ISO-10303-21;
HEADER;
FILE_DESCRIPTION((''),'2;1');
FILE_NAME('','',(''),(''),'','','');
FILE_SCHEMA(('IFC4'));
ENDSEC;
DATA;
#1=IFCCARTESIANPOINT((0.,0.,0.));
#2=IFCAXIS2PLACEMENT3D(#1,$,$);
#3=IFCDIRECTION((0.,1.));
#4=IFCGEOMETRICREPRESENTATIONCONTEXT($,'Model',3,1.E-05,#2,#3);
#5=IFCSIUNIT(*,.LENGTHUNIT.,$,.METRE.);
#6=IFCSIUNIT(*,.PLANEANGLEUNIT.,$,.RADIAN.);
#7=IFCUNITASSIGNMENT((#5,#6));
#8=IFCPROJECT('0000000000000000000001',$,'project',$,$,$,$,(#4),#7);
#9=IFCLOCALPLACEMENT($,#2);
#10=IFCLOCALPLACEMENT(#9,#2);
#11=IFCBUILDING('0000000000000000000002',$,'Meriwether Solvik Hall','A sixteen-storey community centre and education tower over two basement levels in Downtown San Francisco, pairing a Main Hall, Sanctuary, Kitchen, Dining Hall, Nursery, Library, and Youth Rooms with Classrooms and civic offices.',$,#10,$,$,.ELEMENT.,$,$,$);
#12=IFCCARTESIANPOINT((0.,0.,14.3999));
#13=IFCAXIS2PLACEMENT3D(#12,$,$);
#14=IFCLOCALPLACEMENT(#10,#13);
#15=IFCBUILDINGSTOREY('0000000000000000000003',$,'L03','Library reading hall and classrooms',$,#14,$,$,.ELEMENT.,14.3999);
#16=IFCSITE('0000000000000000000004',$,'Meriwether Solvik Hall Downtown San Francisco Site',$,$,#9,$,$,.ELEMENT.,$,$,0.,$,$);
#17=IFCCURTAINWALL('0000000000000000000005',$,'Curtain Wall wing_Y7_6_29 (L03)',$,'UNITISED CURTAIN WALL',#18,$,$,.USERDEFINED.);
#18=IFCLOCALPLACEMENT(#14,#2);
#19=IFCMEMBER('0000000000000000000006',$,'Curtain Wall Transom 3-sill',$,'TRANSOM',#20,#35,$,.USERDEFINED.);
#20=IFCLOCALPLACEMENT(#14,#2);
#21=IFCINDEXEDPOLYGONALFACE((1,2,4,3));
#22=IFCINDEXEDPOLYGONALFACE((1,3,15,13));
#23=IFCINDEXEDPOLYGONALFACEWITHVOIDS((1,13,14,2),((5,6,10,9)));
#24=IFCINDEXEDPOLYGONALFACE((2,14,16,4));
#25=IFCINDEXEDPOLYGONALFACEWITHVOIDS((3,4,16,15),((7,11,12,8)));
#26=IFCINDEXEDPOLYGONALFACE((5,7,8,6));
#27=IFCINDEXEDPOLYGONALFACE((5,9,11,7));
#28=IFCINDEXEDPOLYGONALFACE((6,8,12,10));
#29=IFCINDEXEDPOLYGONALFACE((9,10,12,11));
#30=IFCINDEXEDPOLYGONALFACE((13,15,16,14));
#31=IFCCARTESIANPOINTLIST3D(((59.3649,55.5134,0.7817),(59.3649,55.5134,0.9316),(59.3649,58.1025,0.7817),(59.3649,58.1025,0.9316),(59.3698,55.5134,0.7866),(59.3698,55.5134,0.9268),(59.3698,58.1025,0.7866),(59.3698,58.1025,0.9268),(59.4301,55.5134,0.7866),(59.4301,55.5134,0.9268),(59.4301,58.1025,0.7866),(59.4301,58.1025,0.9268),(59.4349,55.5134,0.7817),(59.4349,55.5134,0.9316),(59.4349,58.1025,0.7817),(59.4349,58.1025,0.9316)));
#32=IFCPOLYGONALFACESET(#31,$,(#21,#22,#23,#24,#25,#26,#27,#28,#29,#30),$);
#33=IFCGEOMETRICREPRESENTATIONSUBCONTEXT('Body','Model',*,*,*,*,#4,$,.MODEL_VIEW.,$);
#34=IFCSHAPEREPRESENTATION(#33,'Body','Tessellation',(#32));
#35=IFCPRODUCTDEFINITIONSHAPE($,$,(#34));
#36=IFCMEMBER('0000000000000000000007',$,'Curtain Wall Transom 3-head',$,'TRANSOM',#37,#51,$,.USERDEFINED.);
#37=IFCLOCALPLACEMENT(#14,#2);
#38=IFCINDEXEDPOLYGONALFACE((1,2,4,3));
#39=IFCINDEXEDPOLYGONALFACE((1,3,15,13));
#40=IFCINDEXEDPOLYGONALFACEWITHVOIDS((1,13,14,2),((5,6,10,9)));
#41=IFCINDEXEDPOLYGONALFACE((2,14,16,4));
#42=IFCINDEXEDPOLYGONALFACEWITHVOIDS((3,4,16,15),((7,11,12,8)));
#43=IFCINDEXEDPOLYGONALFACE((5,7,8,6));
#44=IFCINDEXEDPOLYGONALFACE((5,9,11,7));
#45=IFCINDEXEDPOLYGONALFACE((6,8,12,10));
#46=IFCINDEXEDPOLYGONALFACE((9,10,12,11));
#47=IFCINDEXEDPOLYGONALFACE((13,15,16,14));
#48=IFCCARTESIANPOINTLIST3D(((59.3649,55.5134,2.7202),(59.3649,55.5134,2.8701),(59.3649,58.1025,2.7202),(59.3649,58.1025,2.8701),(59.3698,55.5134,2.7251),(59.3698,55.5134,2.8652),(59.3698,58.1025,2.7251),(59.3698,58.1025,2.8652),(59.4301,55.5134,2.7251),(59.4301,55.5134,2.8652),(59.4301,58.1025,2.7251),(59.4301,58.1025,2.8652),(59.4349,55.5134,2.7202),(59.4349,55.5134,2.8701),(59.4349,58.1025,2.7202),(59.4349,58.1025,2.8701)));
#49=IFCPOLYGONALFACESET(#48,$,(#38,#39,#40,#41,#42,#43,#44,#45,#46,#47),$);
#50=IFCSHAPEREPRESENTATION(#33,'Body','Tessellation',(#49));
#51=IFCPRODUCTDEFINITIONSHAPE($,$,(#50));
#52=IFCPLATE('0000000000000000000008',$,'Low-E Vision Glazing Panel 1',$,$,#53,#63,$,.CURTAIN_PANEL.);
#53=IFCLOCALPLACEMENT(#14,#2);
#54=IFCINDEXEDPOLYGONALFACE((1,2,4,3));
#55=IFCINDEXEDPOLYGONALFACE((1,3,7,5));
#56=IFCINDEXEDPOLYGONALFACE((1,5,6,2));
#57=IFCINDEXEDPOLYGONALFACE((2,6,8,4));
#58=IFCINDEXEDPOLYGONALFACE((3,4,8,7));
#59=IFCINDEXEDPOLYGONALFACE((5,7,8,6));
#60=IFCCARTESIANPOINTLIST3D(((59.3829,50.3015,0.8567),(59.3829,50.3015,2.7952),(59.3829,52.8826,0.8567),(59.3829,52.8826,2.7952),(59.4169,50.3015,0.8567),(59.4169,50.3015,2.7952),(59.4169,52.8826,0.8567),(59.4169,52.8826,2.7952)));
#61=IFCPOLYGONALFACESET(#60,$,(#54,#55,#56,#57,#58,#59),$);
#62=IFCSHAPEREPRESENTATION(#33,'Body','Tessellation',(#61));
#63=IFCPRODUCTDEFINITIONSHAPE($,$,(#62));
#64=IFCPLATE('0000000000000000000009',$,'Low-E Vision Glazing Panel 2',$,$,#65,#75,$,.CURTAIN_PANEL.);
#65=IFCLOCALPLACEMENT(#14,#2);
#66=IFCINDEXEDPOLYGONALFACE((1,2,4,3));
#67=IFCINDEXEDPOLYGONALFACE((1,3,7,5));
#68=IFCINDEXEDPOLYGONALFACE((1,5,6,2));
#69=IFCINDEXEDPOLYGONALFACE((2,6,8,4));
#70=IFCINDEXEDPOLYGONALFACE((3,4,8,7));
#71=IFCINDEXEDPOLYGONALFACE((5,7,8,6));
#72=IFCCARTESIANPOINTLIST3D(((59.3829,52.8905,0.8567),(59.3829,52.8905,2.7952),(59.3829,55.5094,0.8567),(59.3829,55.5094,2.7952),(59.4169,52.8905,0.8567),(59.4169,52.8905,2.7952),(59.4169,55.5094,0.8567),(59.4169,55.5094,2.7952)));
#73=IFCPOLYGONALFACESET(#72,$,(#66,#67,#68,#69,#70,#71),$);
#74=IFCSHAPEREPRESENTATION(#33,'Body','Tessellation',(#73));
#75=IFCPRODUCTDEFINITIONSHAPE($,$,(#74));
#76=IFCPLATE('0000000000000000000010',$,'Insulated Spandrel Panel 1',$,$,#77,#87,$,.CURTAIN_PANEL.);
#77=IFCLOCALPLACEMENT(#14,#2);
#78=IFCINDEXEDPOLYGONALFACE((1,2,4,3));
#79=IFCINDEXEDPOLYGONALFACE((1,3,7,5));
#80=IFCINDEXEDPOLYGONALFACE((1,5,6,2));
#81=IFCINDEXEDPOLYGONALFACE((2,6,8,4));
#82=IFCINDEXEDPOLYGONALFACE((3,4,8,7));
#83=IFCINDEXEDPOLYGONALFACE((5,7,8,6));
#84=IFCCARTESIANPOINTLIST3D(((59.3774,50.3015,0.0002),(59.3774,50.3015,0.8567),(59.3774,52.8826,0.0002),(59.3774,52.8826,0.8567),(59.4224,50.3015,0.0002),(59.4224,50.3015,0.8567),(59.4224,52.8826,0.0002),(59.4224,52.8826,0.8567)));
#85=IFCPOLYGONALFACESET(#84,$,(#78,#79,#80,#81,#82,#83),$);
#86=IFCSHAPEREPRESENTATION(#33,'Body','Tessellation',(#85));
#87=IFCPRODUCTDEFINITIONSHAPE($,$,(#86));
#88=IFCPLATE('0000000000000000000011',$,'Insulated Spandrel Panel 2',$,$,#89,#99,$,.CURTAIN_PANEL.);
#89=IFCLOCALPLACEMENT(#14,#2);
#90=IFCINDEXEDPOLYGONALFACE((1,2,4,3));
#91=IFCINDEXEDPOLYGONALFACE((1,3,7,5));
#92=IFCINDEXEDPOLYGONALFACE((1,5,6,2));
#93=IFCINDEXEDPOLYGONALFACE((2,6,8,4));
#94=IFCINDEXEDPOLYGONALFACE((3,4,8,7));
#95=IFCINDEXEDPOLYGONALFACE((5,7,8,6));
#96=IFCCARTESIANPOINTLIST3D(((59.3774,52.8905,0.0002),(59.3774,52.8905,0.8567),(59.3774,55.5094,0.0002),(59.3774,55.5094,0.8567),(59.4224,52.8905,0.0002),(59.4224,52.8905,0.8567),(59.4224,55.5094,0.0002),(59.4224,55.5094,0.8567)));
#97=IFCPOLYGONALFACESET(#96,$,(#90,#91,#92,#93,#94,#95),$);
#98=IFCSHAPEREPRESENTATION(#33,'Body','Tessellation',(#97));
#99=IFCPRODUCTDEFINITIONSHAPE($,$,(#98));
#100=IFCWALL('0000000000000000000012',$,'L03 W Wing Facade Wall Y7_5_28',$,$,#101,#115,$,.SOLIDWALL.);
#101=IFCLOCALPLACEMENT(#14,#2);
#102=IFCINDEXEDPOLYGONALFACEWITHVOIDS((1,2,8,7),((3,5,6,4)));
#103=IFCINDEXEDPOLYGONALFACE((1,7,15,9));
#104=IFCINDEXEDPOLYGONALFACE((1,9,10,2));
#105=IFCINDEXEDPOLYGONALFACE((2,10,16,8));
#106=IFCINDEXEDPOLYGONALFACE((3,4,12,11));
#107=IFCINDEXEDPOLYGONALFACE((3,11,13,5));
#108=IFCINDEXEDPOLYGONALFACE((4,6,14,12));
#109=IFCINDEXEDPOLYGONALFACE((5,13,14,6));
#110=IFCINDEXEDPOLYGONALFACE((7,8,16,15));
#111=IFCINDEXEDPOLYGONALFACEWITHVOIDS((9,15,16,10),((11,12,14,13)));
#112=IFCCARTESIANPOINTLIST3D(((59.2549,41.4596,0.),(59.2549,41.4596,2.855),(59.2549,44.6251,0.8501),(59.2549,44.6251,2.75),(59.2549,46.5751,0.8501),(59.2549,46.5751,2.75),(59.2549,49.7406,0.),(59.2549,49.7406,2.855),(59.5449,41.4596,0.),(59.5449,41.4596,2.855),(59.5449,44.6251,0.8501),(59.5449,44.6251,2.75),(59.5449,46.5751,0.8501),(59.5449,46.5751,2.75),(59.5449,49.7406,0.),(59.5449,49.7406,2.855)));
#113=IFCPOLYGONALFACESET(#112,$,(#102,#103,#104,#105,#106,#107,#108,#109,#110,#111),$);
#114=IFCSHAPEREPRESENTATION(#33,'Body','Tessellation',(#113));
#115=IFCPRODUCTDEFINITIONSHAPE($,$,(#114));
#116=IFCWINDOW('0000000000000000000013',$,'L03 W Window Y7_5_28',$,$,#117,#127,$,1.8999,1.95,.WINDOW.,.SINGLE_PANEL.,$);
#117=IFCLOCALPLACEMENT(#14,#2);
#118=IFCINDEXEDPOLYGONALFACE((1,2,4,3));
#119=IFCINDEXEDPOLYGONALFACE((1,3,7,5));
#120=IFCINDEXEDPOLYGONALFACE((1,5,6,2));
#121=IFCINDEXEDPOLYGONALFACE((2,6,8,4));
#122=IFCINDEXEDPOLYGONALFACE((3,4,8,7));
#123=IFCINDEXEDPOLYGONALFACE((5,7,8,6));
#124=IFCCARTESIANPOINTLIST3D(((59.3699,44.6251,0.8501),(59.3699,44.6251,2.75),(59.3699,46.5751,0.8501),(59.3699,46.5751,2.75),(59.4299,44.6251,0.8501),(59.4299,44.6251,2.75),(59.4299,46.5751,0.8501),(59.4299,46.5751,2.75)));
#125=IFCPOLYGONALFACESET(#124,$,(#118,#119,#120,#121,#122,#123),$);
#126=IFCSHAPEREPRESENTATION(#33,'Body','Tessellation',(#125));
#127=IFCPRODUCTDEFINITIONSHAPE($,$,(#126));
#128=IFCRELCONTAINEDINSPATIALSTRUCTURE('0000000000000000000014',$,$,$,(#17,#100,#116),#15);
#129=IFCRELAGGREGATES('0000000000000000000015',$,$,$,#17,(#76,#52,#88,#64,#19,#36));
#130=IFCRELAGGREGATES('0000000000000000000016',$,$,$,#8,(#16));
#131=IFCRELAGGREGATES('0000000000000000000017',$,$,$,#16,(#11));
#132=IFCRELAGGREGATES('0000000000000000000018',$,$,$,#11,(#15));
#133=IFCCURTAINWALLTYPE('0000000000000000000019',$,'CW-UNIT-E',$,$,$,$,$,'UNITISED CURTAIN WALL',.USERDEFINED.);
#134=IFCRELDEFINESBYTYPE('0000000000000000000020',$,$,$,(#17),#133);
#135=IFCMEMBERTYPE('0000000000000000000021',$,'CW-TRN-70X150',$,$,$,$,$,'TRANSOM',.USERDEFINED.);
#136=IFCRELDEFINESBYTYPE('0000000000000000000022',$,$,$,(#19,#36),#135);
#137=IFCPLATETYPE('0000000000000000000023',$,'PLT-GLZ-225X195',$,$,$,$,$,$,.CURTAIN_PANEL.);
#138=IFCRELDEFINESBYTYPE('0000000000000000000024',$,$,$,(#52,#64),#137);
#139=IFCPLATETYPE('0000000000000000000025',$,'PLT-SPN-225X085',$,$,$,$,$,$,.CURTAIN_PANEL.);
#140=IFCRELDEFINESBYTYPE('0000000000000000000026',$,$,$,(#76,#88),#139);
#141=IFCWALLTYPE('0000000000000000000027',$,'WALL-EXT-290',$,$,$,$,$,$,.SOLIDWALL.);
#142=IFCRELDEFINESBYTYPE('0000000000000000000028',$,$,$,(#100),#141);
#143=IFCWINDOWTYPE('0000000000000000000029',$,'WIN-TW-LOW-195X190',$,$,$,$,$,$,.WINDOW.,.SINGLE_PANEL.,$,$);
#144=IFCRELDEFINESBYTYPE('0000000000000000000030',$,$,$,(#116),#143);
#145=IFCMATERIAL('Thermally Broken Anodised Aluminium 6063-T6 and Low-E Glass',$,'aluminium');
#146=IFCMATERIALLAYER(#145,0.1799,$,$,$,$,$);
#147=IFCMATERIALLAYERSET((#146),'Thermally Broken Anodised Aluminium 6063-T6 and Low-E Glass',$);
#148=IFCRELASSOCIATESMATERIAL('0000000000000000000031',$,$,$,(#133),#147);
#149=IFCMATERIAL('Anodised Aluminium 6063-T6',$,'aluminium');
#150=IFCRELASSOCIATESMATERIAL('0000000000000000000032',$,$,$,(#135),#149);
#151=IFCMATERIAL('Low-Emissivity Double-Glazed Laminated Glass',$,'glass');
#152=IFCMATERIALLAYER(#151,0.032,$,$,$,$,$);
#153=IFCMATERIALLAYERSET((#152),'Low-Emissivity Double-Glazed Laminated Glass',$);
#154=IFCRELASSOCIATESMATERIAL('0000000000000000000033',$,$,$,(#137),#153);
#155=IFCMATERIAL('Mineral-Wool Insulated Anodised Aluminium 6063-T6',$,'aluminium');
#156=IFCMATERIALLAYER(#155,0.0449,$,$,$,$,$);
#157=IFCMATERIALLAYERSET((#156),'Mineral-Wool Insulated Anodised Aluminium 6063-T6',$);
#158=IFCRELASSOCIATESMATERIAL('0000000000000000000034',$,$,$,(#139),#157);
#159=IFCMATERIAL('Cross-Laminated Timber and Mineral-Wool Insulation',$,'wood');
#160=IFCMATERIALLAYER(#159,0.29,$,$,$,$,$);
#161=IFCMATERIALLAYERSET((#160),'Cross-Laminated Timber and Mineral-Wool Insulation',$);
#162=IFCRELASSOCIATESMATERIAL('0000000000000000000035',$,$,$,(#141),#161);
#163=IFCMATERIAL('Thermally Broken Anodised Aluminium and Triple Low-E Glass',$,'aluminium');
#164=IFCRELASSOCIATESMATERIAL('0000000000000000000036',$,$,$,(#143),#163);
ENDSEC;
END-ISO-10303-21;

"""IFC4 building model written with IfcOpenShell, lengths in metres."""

from ifc_helpers import new_model, si_unit, direction, frame, frame_2d, origin, origin_2d, place, context, subcontext, project, spatial, rectangle, hollow_rectangle, extrude, material, layer, layer_set, material_profile, profile_set, type_object, element, fill, aggregate, save


model = new_model("IFC4")

# Units and contexts
model_context = context("Model", 3, precision=1e-05, world=origin(), true_north=direction((0.0, 1.0)))
body_context = subcontext(model_context, "Body", "Model", "MODEL_VIEW")
ifc_project = project(units=[si_unit("LENGTHUNIT", "METRE"), si_unit("PLANEANGLEUNIT", "RADIAN")], contexts=[model_context])

# Site, building, storey
site_placement = place(None, origin())
site = spatial("IfcSite", under=ifc_project, at=site_placement, Name="Meriwether Solvik Hall Downtown San Francisco Site", CompositionType="ELEMENT", RefElevation=0.0)
building_placement = place(site_placement, origin())
building = spatial("IfcBuilding", under=site, at=building_placement, Name="Meriwether Solvik Hall", Description="A sixteen-storey community centre and education tower over two basement levels in Downtown San Francisco, pairing a Main Hall, Sanctuary, Kitchen, Dining Hall, Nursery, Library, and Youth Rooms with Classrooms and civic offices.", CompositionType="ELEMENT")
storey_placement = place(building_placement, frame((0.0, 0.0, 14.3999)))
storey = spatial("IfcBuildingStorey", under=building, at=storey_placement, Name="L03", Description="Library reading hall and classrooms", CompositionType="ELEMENT", Elevation=14.3999)

# Curtain wall, members, plates
ifc_material_1 = material(Name="Thermally Broken Anodised Aluminium 6063-T6 and Low-E Glass", Category="aluminium")
ifc_layer_1 = layer(ifc_material_1, 0.1799)
ifc_layer_set_1 = layer_set([ifc_layer_1], Name="Thermally Broken Anodised Aluminium 6063-T6 and Low-E Glass")
curtain_wall_type = type_object("IfcCurtainWallType", Name="CW-UNIT-E", ElementType="UNITISED CURTAIN WALL", PredefinedType="USERDEFINED", material=ifc_layer_set_1)
curtain_wall_placement = place(storey_placement, origin())
curtain_wall = element("IfcCurtainWall", 1, at=curtain_wall_placement, inside=storey, type_object=curtain_wall_type, Name="Curtain Wall wing_Y7_6_29 (L03)", ObjectType="UNITISED CURTAIN WALL", PredefinedType="USERDEFINED")
ifc_material_2 = material(Name="Anodised Aluminium 6063-T6", Category="aluminium")
ifc_material_profile_1 = material_profile(ifc_material_2, hollow_rectangle(XDim=0.0701, YDim=0.1499, WallThickness=0.0049, at=origin_2d()), Name="CWT-70X150")
ifc_profile_set_1 = profile_set([ifc_material_profile_1], Name="Anodised Aluminium 6063-T6")
member_type_1 = type_object("IfcMemberType", Name="CW-TRN-70X150", ElementType="TRANSOM", PredefinedType="USERDEFINED", material=ifc_profile_set_1)
member_1_placement = place(storey_placement, frame((59.3999, 55.5134, 0.8567), z_axis=(0.0, 1.0, 0.0), x_axis=(-1.0, 0.0, 0.0)))
member_1 = element("IfcMember", 2, at=member_1_placement, type_object=member_type_1, Name="Curtain Wall Transom 3-sill", ObjectType="TRANSOM", PredefinedType="USERDEFINED", context=body_context, shape_type="SweptSolid", body=[
    extrude(hollow_rectangle(XDim=0.0701, YDim=0.1499, WallThickness=0.0049, at=origin_2d()), origin(), (0.0, 0.0, 1.0), 2.5891),
])
member_2_placement = place(storey_placement, frame((59.3999, 55.5134, 2.7952), z_axis=(0.0, 1.0, 0.0), x_axis=(-1.0, 0.0, 0.0)))
member_2 = element("IfcMember", 3, at=member_2_placement, type_object=member_type_1, Name="Curtain Wall Transom 3-head", ObjectType="TRANSOM", PredefinedType="USERDEFINED", context=body_context, shape_type="SweptSolid", body=[
    extrude(hollow_rectangle(XDim=0.0701, YDim=0.1499, WallThickness=0.0049, at=origin_2d()), origin(), (0.0, 0.0, 1.0), 2.5891),
])
ifc_material_3 = material(Name="Low-Emissivity Double-Glazed Laminated Glass", Category="glass")
ifc_layer_2 = layer(ifc_material_3, 0.032)
ifc_layer_set_2 = layer_set([ifc_layer_2], Name="Low-Emissivity Double-Glazed Laminated Glass")
plate_type_1 = type_object("IfcPlateType", Name="PLT-GLZ-225X195", PredefinedType="CURTAIN_PANEL", material=ifc_layer_set_2)
plate_1_placement = place(storey_placement, frame((59.3999, 51.592, 0.8567), z_axis=(0.0, 0.0, 1.0), x_axis=(0.0, 1.0, 0.0)))
plate_1 = element("IfcPlate", 4, at=plate_1_placement, type_object=plate_type_1, Name="Low-E Vision Glazing Panel 1", PredefinedType="CURTAIN_PANEL", context=body_context, shape_type="SweptSolid", body=[
    extrude(rectangle(XDim=2.5811, YDim=0.0339, at=origin_2d()), origin(), (0.0, 0.0, 1.0), 1.9385),
])
plate_2_placement = place(storey_placement, frame((59.3999, 54.2, 0.8567), z_axis=(0.0, 0.0, 1.0), x_axis=(0.0, 1.0, 0.0)))
plate_2 = element("IfcPlate", 5, at=plate_2_placement, type_object=plate_type_1, Name="Low-E Vision Glazing Panel 2", PredefinedType="CURTAIN_PANEL", context=body_context, shape_type="SweptSolid", body=[
    extrude(rectangle(XDim=2.6189, YDim=0.0339, at=origin_2d()), origin(), (0.0, 0.0, 1.0), 1.9385),
])
ifc_material_4 = material(Name="Mineral-Wool Insulated Anodised Aluminium 6063-T6", Category="aluminium")
ifc_layer_3 = layer(ifc_material_4, 0.0449)
ifc_layer_set_3 = layer_set([ifc_layer_3], Name="Mineral-Wool Insulated Anodised Aluminium 6063-T6")
plate_type_2 = type_object("IfcPlateType", Name="PLT-SPN-225X085", PredefinedType="CURTAIN_PANEL", material=ifc_layer_set_3)
plate_3_placement = place(storey_placement, frame((59.3999, 51.592, 0.0002), z_axis=(0.0, 0.0, 1.0), x_axis=(0.0, 1.0, 0.0)))
plate_3 = element("IfcPlate", 6, at=plate_3_placement, type_object=plate_type_2, Name="Insulated Spandrel Panel 1", PredefinedType="CURTAIN_PANEL", context=body_context, shape_type="SweptSolid", body=[
    extrude(rectangle(XDim=2.5811, YDim=0.0449, at=origin_2d()), origin(), (0.0, 0.0, 1.0), 0.8564),
])
plate_4_placement = place(storey_placement, frame((59.3999, 54.2, 0.0002), z_axis=(0.0, 0.0, 1.0), x_axis=(0.0, 1.0, 0.0)))
plate_4 = element("IfcPlate", 7, at=plate_4_placement, type_object=plate_type_2, Name="Insulated Spandrel Panel 2", PredefinedType="CURTAIN_PANEL", context=body_context, shape_type="SweptSolid", body=[
    extrude(rectangle(XDim=2.6189, YDim=0.0449, at=origin_2d()), origin(), (0.0, 0.0, 1.0), 0.8564),
])
aggregate(curtain_wall, [plate_3, plate_1, plate_4, plate_2, member_1, member_2])

# Wall, opening, window
ifc_material_5 = material(Name="Cross-Laminated Timber and Mineral-Wool Insulation", Category="wood")
ifc_layer_4 = layer(ifc_material_5, 0.29)
ifc_layer_set_4 = layer_set([ifc_layer_4], Name="Cross-Laminated Timber and Mineral-Wool Insulation")
wall_type = type_object("IfcWallType", Name="WALL-EXT-290", PredefinedType="SOLIDWALL", material=ifc_layer_set_4)
wall_placement = place(storey_placement, frame((59.3999, 41.4595, 0.0), z_axis=(0.0, 0.0, 1.0), x_axis=(0.0, 1.0, 0.0)))
wall = element("IfcWall", 8, at=wall_placement, inside=storey, type_object=wall_type, Name="L03 W Wing Facade Wall Y7_5_28", PredefinedType="SOLIDWALL", context=body_context, shape_type="SweptSolid", body=[
    extrude(rectangle(XDim=8.281, YDim=0.29, at=frame_2d((4.1406, 0.0))), origin(), (0.0, 0.0, 1.0), 2.855),
])
opening_placement = place(wall_placement, frame((3.1655, 0.0, 0.8501)))
opening = element("IfcOpeningElement", 9, at=opening_placement, cuts=wall, PredefinedType="OPENING", context=body_context, shape_type="SweptSolid", body=[
    extrude(rectangle(XDim=1.95, YDim=1.8999, at=frame_2d((0.9751, 0.95))), frame((0.0, 0.157, 0.0), z_axis=(0.0, -1.0, 0.0), x_axis=(1.0, 0.0, 0.0)), (0.0, 0.0, 1.0), 0.314),
])
ifc_material_6 = material(Name="Thermally Broken Anodised Aluminium and Triple Low-E Glass", Category="aluminium")
window_type = type_object("IfcWindowType", Name="WIN-TW-LOW-195X190", PartitioningType="SINGLE_PANEL", PredefinedType="WINDOW", material=ifc_material_6)
window_placement = place(opening_placement, origin())
window = element("IfcWindow", 10, at=window_placement, inside=storey, type_object=window_type, Name="L03 W Window Y7_5_28", OverallHeight=1.8999, OverallWidth=1.95, PartitioningType="SINGLE_PANEL", PredefinedType="WINDOW", context=body_context, shape_type="SweptSolid", body=[
    extrude(rectangle(XDim=1.95, YDim=1.8999, at=frame_2d((0.9751, 0.95))), frame((0.0, 0.03, 0.0), z_axis=(0.0, -1.0, 0.0), x_axis=(1.0, 0.0, 0.0)), (0.0, 0.0, 1.0), 0.0601),
])
fill(opening, window)

save(model, "model.ifc")
